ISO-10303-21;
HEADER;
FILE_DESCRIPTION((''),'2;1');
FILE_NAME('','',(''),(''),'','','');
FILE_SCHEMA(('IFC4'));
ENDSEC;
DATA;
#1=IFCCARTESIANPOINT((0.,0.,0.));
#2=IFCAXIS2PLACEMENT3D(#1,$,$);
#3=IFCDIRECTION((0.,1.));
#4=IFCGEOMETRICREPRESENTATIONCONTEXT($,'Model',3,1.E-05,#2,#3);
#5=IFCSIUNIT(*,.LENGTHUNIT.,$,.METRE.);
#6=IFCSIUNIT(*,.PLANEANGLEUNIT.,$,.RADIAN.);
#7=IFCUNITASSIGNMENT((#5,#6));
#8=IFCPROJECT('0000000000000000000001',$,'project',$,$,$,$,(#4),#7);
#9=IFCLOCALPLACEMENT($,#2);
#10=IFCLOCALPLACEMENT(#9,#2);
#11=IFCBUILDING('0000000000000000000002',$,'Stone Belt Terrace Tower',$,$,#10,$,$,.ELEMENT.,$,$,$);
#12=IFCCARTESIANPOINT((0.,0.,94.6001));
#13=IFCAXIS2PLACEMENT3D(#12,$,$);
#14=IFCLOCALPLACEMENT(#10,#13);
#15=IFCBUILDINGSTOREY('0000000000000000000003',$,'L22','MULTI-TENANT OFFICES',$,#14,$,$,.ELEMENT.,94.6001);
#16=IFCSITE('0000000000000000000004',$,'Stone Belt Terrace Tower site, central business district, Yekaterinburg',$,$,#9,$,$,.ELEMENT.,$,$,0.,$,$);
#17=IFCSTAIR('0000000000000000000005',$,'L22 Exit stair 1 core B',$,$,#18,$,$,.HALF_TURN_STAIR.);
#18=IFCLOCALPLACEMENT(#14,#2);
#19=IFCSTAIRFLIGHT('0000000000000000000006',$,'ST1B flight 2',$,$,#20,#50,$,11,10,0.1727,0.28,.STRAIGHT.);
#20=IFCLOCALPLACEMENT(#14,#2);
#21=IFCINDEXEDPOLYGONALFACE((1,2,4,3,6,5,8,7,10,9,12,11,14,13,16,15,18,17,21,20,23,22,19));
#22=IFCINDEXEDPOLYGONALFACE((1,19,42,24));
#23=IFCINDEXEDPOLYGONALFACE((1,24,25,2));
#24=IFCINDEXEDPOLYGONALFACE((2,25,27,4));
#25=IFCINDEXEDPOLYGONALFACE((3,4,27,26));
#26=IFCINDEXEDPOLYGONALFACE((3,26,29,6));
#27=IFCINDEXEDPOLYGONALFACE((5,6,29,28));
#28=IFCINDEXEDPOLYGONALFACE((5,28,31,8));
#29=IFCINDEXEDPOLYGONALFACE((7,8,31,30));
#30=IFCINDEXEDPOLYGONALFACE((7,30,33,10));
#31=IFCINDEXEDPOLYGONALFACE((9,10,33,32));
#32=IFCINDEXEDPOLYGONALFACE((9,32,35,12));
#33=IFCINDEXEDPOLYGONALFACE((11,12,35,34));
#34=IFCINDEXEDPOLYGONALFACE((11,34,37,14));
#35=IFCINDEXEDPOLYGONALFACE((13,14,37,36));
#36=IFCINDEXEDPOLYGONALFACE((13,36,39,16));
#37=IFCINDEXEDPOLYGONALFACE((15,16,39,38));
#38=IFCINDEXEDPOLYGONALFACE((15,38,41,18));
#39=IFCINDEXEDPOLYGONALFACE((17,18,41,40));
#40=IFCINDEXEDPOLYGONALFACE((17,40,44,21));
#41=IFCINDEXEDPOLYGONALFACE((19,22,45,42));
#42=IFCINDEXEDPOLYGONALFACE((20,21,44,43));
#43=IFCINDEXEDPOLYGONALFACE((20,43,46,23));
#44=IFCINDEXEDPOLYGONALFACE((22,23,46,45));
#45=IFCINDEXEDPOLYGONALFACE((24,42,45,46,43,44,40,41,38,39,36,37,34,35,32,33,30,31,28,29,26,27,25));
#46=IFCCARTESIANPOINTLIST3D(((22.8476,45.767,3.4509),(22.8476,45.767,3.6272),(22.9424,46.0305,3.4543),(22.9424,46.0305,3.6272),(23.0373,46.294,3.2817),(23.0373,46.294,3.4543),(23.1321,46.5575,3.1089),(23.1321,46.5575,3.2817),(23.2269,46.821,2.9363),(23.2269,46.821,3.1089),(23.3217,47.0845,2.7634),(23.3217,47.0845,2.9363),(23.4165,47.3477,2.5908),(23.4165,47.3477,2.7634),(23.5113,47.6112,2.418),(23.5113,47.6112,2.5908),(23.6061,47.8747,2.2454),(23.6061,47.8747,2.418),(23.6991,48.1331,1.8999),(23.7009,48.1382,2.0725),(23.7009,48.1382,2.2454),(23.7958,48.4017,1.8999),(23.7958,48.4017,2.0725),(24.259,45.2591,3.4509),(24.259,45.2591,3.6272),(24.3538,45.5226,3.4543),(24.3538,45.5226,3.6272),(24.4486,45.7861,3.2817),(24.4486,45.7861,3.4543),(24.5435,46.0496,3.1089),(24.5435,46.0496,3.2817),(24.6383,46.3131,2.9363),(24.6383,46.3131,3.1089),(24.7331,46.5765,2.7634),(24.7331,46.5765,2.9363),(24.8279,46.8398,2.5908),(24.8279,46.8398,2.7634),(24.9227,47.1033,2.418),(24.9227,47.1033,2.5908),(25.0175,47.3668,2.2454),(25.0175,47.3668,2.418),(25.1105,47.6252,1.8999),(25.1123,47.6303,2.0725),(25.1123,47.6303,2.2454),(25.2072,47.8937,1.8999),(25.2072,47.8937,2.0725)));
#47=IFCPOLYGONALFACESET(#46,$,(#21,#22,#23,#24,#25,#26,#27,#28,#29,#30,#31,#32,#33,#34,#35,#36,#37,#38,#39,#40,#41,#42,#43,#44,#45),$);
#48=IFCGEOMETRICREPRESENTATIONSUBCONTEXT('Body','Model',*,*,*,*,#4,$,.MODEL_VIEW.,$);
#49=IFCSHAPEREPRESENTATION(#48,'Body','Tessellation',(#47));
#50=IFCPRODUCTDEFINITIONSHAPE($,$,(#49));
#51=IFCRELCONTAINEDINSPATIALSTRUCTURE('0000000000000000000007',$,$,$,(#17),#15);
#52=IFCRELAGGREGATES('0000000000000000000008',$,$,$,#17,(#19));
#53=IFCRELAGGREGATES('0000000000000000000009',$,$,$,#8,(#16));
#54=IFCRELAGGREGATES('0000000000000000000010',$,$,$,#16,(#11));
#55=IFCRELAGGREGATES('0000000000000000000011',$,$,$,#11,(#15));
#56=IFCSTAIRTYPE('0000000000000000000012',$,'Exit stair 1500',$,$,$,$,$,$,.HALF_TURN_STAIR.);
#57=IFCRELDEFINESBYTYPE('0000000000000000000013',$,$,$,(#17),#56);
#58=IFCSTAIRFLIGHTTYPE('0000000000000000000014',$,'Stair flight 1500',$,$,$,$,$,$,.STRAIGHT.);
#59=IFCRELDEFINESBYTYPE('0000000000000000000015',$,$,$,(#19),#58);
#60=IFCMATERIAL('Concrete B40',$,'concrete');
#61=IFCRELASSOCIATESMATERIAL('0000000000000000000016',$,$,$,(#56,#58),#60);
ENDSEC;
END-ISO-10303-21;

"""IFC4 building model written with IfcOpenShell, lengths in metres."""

from ifc_helpers import new_model, si_unit, direction, frame, origin, place, context, subcontext, project, spatial, polyline, outline, extrude, material, type_object, element, aggregate, save


model = new_model("IFC4")

# Units and contexts
model_context = context("Model", 3, precision=1e-05, world=origin(), true_north=direction((0.0, 1.0)))
body_context = subcontext(model_context, "Body", "Model", "MODEL_VIEW")
ifc_project = project(units=[si_unit("LENGTHUNIT", "METRE"), si_unit("PLANEANGLEUNIT", "RADIAN")], contexts=[model_context])

# Site, building, storey
site_placement = place(None, origin())
site = spatial("IfcSite", under=ifc_project, at=site_placement, Name="Stone Belt Terrace Tower site, central business district, Yekaterinburg", CompositionType="ELEMENT", RefElevation=0.0)
building_placement = place(site_placement, origin())
building = spatial("IfcBuilding", under=site, at=building_placement, Name="Stone Belt Terrace Tower", CompositionType="ELEMENT")
storey_placement = place(building_placement, frame((0.0, 0.0, 94.6001)))
storey = spatial("IfcBuildingStorey", under=building, at=storey_placement, Name="L22", Description="MULTI-TENANT OFFICES", CompositionType="ELEMENT", Elevation=94.6001)

# Stair, stair flight
ifc_material_1 = material(Name="Concrete B40", Category="concrete")
stair_type = type_object("IfcStairType", Name="Exit stair 1500", PredefinedType="HALF_TURN_STAIR", material=ifc_material_1)
stair_placement = place(storey_placement, origin())
stair = element("IfcStair", 1, at=stair_placement, inside=storey, type_object=stair_type, Name="L22 Exit stair 1 core B", PredefinedType="HALF_TURN_STAIR")
stair_flight_type = type_object("IfcStairFlightType", Name="Stair flight 1500", PredefinedType="STRAIGHT", material=ifc_material_1)
stair_flight_1_placement = place(storey_placement, frame((24.5015, 48.1477, 1.8999), z_axis=(0.0, 0.0, 1.0), x_axis=(-0.338624, -0.940922, 0.0)))
stair_flight_1 = element("IfcStairFlight", 2, at=stair_flight_1_placement, type_object=stair_flight_type, Name="ST1B flight 2", NumberOfRisers=11, NumberOfTreads=10, PredefinedType="STRAIGHT", RiserHeight=0.1727, TreadLength=0.28, context=body_context, shape_type="SweptSolid", body=[
    extrude(outline(polyline([(0.0, 0.0), (0.0, 0.1726), (0.28, 0.1726), (0.28, 0.3455), (0.5601, 0.3455), (0.5601, 0.5181), (0.8401, 0.5181), (0.8401, 0.6909), (1.1201, 0.6909), (1.1201, 0.8635), (1.3999, 0.8635), (1.3999, 1.0364), (1.6799, 1.0364), (1.6799, 1.209), (1.96, 1.209), (1.96, 1.3818), (2.24, 1.3818), (2.24, 1.5544), (2.52, 1.5544), (2.52, 1.7273), (2.8, 1.7273), (2.8, 1.8999), (2.8, 1.551), (0.2854, 0.0), (0.0, 0.0)])), frame((0.0, 0.75, 0.0), z_axis=(0.0, -1.0, 0.0), x_axis=(1.0, 0.0, 0.0)), (0.0, 0.0, 1.0), 1.5),
])
aggregate(stair, [stair_flight_1])

save(model, "model.ifc")
